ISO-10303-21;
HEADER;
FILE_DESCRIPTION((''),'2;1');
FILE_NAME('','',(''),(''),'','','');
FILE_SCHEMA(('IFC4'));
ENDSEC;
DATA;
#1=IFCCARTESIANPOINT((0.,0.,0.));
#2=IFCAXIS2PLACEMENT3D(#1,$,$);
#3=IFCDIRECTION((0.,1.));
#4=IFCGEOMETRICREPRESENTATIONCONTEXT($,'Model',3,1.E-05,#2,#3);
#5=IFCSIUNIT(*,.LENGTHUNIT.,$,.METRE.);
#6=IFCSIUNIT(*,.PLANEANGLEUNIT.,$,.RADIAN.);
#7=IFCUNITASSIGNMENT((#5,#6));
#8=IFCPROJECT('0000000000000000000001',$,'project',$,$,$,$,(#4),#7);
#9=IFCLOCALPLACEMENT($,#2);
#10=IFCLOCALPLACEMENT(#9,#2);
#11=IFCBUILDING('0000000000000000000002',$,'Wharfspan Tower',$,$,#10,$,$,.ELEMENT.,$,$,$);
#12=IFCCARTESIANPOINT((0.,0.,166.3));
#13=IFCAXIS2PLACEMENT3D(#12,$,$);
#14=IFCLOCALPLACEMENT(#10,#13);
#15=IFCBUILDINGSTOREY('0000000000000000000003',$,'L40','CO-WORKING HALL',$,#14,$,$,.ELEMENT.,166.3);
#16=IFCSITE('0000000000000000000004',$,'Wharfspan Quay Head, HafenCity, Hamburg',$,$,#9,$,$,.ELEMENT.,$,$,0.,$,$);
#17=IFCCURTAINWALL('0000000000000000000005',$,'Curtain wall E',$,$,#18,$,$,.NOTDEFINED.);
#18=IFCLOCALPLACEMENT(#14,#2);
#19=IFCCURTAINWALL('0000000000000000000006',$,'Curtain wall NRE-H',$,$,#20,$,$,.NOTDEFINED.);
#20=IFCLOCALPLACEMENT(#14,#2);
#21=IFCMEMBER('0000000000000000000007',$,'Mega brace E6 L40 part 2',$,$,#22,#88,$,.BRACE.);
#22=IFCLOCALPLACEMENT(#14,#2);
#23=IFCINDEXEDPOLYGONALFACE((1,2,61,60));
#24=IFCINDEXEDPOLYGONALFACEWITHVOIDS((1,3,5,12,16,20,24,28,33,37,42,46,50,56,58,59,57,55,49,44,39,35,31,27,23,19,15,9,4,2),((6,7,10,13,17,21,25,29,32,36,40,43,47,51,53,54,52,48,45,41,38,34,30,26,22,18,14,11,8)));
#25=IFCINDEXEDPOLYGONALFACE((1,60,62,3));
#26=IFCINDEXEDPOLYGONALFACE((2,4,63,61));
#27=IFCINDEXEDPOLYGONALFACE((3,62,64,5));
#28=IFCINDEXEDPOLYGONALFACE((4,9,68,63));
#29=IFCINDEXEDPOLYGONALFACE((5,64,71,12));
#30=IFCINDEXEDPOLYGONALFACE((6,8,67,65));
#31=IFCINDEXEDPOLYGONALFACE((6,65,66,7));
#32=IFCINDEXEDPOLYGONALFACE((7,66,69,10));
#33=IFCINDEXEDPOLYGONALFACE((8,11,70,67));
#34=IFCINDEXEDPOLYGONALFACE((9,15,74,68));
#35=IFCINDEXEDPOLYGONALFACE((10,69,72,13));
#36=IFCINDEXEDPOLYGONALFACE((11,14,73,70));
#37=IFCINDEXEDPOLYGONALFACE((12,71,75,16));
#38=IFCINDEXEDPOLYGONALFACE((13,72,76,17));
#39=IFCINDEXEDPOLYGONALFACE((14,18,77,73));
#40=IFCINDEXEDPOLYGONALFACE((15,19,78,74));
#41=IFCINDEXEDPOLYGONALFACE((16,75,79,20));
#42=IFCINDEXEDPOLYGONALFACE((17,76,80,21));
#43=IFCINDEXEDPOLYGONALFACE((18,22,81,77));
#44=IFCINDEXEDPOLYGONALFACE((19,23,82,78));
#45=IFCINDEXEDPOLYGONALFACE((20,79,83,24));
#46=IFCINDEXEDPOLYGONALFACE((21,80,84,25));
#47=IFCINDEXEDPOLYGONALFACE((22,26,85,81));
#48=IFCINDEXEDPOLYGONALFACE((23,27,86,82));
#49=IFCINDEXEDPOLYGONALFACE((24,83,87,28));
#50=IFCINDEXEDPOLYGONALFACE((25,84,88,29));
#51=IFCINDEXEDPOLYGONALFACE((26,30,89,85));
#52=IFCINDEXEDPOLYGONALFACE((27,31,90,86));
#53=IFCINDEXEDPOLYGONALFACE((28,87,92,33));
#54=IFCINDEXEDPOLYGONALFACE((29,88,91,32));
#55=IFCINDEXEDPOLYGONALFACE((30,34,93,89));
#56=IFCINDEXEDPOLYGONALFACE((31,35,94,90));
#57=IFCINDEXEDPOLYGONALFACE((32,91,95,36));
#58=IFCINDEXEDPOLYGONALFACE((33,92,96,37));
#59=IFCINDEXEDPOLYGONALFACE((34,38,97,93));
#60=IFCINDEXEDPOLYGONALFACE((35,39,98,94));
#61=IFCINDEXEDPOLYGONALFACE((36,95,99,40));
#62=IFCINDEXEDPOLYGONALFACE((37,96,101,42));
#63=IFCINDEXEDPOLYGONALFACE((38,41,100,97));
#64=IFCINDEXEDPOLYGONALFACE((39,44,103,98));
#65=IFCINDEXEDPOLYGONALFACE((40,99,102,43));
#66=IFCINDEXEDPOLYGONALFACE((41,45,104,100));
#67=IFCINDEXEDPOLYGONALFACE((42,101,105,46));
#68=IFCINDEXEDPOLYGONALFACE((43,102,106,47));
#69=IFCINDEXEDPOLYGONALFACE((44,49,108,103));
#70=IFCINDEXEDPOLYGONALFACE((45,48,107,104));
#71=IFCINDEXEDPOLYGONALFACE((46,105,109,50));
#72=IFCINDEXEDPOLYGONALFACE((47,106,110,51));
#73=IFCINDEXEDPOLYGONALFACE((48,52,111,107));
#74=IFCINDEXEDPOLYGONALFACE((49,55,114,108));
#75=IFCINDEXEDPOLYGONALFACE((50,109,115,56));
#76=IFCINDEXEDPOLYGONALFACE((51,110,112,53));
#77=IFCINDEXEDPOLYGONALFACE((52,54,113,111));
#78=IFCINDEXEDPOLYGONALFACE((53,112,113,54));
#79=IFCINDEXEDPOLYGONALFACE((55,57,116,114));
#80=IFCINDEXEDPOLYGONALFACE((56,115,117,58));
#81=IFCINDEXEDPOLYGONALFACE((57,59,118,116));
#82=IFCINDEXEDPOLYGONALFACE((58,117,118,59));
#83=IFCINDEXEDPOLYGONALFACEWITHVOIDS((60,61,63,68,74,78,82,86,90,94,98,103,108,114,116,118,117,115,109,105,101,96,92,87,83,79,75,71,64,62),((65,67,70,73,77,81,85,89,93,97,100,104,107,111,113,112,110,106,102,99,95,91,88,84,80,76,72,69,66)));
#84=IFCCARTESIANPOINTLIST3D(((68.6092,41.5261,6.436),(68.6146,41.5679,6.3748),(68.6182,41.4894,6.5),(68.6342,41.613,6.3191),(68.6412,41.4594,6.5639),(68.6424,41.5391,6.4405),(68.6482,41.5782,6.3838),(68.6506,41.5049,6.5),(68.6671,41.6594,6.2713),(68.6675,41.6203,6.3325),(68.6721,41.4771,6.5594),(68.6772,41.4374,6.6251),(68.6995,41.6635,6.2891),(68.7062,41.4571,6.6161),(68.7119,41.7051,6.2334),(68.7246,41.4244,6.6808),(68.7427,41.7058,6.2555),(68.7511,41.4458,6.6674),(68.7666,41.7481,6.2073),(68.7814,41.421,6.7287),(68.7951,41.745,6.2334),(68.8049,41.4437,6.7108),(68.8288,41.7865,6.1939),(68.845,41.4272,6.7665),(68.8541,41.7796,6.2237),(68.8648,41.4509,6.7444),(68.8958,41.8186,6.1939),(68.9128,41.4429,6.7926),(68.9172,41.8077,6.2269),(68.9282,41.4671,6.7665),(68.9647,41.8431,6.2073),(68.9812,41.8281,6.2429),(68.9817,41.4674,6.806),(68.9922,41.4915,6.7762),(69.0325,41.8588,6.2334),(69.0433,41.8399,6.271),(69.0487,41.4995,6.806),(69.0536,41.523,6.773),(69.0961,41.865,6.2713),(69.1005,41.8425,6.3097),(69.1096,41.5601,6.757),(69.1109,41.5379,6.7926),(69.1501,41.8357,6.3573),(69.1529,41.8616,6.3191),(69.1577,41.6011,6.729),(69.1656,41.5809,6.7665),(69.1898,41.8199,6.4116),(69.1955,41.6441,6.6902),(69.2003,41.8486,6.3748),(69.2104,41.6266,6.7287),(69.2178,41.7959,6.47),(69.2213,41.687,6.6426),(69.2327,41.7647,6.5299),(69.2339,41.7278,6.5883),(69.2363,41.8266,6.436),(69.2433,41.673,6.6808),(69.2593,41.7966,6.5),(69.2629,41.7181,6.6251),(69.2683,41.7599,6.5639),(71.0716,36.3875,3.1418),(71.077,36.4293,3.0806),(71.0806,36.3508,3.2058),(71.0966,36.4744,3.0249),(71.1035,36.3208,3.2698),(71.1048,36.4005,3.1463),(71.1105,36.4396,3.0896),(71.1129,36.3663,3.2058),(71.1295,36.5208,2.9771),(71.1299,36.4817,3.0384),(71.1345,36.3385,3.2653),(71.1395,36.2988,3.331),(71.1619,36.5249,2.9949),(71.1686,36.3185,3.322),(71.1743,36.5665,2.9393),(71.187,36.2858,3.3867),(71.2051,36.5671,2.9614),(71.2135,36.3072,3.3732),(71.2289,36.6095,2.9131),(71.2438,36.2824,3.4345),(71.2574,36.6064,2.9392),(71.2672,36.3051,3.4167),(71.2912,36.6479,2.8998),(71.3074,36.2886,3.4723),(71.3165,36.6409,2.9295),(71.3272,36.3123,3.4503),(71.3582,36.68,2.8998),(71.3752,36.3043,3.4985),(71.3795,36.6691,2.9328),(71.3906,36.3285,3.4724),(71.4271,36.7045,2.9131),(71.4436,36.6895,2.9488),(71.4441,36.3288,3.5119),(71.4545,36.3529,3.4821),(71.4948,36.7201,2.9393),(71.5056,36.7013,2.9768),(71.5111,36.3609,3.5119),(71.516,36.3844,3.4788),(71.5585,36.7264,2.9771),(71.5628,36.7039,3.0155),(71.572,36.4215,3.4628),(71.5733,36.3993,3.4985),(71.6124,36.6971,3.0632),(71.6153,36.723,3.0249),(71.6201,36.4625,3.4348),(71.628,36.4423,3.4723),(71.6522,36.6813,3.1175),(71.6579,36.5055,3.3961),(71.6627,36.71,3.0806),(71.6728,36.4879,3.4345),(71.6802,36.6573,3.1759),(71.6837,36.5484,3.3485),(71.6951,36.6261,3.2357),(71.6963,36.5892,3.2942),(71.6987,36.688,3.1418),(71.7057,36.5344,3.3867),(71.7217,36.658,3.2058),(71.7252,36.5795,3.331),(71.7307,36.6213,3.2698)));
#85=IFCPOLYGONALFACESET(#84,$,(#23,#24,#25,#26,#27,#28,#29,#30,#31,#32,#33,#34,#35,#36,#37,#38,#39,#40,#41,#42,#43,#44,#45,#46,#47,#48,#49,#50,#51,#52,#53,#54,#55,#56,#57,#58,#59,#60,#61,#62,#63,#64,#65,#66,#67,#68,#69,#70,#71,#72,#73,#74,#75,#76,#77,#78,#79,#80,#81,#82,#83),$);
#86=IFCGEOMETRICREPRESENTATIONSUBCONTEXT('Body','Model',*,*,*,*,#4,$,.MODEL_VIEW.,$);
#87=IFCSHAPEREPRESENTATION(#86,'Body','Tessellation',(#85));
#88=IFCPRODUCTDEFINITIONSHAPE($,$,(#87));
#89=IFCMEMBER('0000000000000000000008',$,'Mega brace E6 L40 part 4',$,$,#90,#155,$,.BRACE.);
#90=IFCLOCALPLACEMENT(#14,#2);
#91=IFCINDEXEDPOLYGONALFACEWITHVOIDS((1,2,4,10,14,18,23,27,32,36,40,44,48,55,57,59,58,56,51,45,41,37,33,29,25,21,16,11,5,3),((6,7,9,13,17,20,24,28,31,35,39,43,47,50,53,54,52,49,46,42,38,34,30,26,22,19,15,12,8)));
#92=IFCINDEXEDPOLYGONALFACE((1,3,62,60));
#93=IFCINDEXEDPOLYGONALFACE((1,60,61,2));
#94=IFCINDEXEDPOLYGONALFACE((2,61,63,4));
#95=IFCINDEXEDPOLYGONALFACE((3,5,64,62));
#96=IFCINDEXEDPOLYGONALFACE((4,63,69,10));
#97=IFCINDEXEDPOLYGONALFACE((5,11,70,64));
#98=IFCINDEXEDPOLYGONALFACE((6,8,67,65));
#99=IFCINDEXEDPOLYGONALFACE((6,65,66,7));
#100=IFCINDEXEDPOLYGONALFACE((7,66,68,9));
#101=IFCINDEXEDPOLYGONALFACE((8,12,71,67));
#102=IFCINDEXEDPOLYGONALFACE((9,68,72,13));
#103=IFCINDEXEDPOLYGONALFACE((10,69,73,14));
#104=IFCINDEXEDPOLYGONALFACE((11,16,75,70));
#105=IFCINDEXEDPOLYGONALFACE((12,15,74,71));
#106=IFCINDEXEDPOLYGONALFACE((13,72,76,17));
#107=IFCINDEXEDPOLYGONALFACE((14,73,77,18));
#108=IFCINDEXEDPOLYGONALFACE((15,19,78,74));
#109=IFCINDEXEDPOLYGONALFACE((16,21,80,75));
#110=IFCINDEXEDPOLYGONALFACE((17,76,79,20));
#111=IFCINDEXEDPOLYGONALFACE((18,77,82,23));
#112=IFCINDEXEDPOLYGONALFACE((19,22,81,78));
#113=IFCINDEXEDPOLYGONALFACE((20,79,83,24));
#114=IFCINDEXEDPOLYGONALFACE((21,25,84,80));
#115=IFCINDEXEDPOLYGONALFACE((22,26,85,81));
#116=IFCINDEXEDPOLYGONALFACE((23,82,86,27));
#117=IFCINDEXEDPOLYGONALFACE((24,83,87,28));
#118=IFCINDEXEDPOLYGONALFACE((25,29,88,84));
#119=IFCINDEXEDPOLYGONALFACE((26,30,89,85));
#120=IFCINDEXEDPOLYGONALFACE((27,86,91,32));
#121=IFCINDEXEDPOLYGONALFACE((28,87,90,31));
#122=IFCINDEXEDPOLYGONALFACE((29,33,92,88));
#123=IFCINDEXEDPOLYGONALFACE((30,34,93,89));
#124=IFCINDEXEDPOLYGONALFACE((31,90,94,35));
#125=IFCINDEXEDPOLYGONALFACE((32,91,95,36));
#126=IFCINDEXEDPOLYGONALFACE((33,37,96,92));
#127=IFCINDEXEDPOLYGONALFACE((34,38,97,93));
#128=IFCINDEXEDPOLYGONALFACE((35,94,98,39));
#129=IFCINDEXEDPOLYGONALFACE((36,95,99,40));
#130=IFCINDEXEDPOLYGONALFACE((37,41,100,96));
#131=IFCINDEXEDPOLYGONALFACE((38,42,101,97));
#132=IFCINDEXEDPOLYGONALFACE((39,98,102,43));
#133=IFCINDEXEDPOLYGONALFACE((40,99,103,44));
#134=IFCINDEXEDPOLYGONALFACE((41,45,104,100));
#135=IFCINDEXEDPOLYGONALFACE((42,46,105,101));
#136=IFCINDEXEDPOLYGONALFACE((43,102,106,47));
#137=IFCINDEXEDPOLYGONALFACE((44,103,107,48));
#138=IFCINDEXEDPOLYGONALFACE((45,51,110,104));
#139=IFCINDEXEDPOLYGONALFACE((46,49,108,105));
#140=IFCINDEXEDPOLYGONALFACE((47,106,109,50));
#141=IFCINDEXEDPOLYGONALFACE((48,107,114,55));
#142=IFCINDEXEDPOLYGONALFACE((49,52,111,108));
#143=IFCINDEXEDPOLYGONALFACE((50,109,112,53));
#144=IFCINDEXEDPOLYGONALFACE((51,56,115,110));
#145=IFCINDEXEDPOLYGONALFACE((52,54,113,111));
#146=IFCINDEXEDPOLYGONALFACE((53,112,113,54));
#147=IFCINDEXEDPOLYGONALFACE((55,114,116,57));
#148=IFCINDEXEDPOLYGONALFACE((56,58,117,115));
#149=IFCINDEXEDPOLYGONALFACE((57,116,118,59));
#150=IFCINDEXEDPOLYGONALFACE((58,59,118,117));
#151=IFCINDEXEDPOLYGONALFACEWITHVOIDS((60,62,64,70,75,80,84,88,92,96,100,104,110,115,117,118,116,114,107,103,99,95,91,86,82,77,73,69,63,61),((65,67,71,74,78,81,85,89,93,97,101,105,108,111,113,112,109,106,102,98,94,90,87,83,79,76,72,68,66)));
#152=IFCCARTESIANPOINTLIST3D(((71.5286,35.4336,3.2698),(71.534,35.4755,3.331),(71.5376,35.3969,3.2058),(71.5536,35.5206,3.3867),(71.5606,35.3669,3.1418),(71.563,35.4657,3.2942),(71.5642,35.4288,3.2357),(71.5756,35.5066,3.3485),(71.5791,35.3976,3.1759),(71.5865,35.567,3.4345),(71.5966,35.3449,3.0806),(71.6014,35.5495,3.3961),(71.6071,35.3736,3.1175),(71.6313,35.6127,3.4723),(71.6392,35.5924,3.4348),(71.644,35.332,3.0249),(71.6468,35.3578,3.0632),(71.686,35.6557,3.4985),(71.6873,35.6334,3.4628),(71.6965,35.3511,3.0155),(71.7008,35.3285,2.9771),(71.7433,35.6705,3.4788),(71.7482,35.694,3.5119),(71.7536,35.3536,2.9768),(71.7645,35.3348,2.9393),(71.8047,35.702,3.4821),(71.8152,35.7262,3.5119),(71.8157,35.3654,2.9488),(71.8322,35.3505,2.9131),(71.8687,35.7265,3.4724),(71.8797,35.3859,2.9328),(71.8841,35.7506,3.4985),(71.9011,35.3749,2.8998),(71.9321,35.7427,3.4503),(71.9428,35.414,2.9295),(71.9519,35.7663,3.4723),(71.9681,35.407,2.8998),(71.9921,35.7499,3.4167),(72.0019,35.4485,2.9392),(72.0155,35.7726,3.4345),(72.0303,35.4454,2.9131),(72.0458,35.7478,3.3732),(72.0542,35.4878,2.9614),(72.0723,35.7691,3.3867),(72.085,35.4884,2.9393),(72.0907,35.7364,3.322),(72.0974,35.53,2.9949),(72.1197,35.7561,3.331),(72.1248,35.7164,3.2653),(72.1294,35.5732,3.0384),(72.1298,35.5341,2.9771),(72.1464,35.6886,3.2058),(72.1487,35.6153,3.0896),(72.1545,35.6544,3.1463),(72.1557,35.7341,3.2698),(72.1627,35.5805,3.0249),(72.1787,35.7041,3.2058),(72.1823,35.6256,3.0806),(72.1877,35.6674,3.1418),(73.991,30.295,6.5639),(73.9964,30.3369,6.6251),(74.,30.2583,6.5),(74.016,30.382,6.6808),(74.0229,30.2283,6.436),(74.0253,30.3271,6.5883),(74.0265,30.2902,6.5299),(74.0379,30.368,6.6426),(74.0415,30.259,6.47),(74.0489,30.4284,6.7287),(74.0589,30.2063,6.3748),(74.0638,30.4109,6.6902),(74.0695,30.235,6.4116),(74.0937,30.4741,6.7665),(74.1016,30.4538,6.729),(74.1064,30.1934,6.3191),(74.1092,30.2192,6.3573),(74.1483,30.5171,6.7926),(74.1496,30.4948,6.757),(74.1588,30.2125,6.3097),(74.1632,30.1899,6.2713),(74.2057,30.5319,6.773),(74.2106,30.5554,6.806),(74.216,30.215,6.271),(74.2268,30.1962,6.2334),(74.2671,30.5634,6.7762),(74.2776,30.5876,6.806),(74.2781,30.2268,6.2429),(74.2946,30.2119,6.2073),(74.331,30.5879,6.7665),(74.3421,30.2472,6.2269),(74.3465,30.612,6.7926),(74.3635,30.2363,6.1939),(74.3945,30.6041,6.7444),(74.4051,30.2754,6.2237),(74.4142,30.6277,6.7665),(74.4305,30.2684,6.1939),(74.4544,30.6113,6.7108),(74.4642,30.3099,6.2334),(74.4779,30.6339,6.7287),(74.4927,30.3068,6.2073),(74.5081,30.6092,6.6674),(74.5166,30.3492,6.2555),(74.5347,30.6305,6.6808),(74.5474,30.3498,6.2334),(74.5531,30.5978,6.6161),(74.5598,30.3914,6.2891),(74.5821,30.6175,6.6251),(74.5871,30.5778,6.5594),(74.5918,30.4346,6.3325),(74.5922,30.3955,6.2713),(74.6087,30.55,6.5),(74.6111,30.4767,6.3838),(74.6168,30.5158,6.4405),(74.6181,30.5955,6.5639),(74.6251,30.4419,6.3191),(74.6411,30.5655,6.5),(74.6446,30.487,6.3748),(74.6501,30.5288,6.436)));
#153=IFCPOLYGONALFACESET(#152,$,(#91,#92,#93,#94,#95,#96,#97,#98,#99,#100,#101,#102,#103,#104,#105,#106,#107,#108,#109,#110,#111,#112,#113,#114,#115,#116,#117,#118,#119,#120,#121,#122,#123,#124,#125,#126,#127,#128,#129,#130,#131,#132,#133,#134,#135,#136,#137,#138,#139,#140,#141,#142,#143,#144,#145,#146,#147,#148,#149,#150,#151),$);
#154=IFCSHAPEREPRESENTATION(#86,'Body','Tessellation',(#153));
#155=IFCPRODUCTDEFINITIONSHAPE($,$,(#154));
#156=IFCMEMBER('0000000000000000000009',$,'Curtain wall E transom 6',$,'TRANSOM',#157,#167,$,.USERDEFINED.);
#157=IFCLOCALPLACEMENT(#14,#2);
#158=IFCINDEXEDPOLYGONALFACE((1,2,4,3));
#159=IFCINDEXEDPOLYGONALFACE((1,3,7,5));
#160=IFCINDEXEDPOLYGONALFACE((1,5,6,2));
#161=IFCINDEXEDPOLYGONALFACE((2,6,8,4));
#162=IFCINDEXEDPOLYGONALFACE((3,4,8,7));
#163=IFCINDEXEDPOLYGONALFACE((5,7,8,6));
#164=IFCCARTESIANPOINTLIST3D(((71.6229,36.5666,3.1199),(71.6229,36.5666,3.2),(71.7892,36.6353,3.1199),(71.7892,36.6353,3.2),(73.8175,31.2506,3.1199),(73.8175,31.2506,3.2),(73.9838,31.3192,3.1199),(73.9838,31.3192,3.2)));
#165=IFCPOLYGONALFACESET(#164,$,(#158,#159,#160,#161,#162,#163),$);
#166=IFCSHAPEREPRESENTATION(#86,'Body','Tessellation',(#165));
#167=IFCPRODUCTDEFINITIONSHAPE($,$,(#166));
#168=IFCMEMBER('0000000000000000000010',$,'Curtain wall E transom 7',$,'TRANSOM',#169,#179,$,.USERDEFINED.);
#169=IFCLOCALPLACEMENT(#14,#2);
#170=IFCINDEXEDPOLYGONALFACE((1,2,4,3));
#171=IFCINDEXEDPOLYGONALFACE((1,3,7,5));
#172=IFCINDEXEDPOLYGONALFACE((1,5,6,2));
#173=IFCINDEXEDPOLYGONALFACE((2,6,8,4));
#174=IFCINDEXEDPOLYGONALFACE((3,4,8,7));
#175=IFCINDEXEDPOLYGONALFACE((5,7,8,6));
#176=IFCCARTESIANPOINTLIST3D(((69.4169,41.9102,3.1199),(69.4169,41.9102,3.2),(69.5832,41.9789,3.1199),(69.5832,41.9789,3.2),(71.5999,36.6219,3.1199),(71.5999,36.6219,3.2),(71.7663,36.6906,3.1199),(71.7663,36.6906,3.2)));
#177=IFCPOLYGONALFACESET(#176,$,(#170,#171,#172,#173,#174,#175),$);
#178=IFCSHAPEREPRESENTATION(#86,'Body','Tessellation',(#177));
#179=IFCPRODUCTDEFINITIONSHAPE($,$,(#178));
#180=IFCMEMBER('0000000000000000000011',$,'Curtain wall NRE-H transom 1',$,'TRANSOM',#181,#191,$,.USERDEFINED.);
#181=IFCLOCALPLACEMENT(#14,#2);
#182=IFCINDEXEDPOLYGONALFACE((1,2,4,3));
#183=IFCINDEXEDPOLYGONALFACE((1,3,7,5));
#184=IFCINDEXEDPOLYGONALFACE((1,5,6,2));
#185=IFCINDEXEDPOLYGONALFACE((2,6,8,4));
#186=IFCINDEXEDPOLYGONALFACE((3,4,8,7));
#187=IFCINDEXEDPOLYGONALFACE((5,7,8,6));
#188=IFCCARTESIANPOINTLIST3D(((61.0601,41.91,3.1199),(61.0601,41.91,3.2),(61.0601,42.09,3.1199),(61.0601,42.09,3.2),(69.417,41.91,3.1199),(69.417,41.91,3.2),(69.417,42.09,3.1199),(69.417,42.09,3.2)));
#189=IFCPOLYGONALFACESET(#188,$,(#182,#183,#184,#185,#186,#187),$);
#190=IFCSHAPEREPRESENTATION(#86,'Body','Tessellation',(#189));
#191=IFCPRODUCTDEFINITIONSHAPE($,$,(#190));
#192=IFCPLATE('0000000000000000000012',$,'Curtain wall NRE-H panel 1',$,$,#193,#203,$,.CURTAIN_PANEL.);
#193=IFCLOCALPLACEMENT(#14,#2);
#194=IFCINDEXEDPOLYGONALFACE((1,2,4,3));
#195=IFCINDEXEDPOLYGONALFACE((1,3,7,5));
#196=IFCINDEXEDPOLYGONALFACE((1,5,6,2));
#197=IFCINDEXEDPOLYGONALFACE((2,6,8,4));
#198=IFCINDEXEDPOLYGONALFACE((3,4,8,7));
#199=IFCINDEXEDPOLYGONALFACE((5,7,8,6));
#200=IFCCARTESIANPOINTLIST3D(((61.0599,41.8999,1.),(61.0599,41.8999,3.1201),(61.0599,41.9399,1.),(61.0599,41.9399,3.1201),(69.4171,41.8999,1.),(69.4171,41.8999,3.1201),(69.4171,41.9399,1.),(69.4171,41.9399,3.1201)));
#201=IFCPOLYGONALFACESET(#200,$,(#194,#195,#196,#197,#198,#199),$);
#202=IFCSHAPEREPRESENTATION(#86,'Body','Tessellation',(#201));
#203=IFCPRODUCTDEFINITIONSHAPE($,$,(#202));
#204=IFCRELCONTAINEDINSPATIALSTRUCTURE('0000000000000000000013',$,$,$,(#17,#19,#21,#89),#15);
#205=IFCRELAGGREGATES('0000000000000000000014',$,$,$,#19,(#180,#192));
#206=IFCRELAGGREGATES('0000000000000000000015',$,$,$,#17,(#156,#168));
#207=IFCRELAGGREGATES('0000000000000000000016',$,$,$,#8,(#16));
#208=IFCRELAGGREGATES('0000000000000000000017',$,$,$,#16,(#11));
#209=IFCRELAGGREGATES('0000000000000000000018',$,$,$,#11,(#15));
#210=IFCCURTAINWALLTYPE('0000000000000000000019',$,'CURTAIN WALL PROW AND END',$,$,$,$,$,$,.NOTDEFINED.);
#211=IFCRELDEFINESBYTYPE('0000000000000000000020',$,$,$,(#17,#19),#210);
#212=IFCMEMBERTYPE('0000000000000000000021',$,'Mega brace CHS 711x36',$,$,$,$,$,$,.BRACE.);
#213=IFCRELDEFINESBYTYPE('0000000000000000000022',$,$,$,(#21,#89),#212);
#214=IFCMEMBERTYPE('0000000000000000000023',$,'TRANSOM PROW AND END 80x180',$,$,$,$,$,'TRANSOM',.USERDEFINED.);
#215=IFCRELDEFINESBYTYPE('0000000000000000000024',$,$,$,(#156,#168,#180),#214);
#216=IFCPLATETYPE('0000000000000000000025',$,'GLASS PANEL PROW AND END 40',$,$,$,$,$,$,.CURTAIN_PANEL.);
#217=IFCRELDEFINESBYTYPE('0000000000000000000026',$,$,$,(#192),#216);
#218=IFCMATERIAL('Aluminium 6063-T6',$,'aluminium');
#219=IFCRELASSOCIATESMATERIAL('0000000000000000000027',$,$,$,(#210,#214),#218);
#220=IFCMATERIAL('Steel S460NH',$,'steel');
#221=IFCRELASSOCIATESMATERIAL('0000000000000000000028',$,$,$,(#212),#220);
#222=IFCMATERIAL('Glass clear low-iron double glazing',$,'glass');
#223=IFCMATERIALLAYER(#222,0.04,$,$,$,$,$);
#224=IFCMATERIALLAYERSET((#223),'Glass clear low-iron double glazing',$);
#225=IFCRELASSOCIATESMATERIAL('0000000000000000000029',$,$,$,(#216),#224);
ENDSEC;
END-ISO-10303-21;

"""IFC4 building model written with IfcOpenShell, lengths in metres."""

from ifc_helpers import new_model, si_unit, direction, frame, origin, origin_2d, place, context, subcontext, project, spatial, rectangle, hollow_circle, extrude, material, layer, layer_set, material_profile, profile_set, type_object, element, aggregate, save


model = new_model("IFC4")

# Units and contexts
model_context = context("Model", 3, precision=1e-05, world=origin(), true_north=direction((0.0, 1.0)))
body_context = subcontext(model_context, "Body", "Model", "MODEL_VIEW")
ifc_project = project(units=[si_unit("LENGTHUNIT", "METRE"), si_unit("PLANEANGLEUNIT", "RADIAN")], contexts=[model_context])

# Site, building, storey
site_placement = place(None, origin())
site = spatial("IfcSite", under=ifc_project, at=site_placement, Name="Wharfspan Quay Head, HafenCity, Hamburg", CompositionType="ELEMENT", RefElevation=0.0)
building_placement = place(site_placement, origin())
building = spatial("IfcBuilding", under=site, at=building_placement, Name="Wharfspan Tower", CompositionType="ELEMENT")
storey_placement = place(building_placement, frame((0.0, 0.0, 166.3)))
storey = spatial("IfcBuildingStorey", under=building, at=storey_placement, Name="L40", Description="CO-WORKING HALL", CompositionType="ELEMENT", Elevation=166.3)

# Curtain walls
ifc_material_1 = material(Name="Aluminium 6063-T6", Category="aluminium")
curtain_wall_type = type_object("IfcCurtainWallType", Name="CURTAIN WALL PROW AND END", PredefinedType="NOTDEFINED", material=ifc_material_1)
curtain_wall_1_placement = place(storey_placement, origin())
curtain_wall_1 = element("IfcCurtainWall", 1, at=curtain_wall_1_placement, inside=storey, type_object=curtain_wall_type, Name="Curtain wall E", PredefinedType="NOTDEFINED")
curtain_wall_2_placement = place(storey_placement, origin())
curtain_wall_2 = element("IfcCurtainWall", 2, at=curtain_wall_2_placement, inside=storey, type_object=curtain_wall_type, Name="Curtain wall NRE-H", PredefinedType="NOTDEFINED")

# Members
ifc_material_2 = material(Name="Steel S460NH", Category="steel")
ifc_material_profile_1 = material_profile(ifc_material_2, hollow_circle(Radius=0.3555, WallThickness=0.0359, at=origin_2d()))
ifc_profile_set_1 = profile_set([ifc_material_profile_1], Name="Steel S460NH")
member_type_1 = type_object("IfcMemberType", Name="Mega brace CHS 711x36", PredefinedType="BRACE", material=ifc_profile_set_1)
for number, where, z_axis, x_axis, name in (
    (3, (71.4011, 36.5044, 3.2058), (-0.374119, 0.780731, 0.500494), (-0.90181, -0.432137, -0.000003), "Mega brace E6 L40 part 2"),
    (4, (71.8582, 35.5505, 3.2058), (0.374119, -0.780731, 0.500494), (0.90181, 0.432137, -0.000003), "Mega brace E6 L40 part 4"),
):
    element("IfcMember", number, at=place(storey_placement, frame(where, z_axis=z_axis, x_axis=x_axis)), inside=storey, type_object=member_type_1, Name=name, PredefinedType="BRACE", context=body_context, shape_type="SweptSolid", body=[
        extrude(hollow_circle(Radius=0.3555, WallThickness=0.0359, at=origin_2d()), origin(), (0.0, 0.0, 1.0), 6.5818),
    ])

# Members
ifc_material_profile_2 = material_profile(ifc_material_1, rectangle(XDim=0.1799, YDim=0.0801, at=origin_2d()))
ifc_profile_set_2 = profile_set([ifc_material_profile_2], Name="Aluminium 6063-T6")
member_type_2 = type_object("IfcMemberType", Name="TRANSOM PROW AND END 80x180", ElementType="TRANSOM", PredefinedType="USERDEFINED", material=ifc_profile_set_2)
member_1_placement = place(storey_placement, frame((73.9006, 31.2849, 3.1599), z_axis=(-0.381593, 0.92433, 0.0), x_axis=(-0.92433, -0.381593, 0.0)))
member_1 = element("IfcMember", 5, at=member_1_placement, type_object=member_type_2, Name="Curtain wall E transom 6", ObjectType="TRANSOM", PredefinedType="USERDEFINED", context=body_context, shape_type="SweptSolid", body=[
    extrude(rectangle(XDim=0.1799, YDim=0.0801, at=origin_2d()), origin(), (0.0, 0.0, 1.0), 5.7512),
])
member_2_placement = place(storey_placement, frame((71.6831, 36.6562, 3.1599), z_axis=(-0.38158, 0.924336, 0.0), x_axis=(-0.924336, -0.38158, 0.0)))
member_2 = element("IfcMember", 6, at=member_2_placement, type_object=member_type_2, Name="Curtain wall E transom 7", ObjectType="TRANSOM", PredefinedType="USERDEFINED", context=body_context, shape_type="SweptSolid", body=[
    extrude(rectangle(XDim=0.1799, YDim=0.0801, at=origin_2d()), origin(), (0.0, 0.0, 1.0), 5.7212),
])
member_3_placement = place(storey_placement, frame((69.417, 42.0, 3.1599), z_axis=(-1.0, 0.0, 0.0), x_axis=(0.0, -1.0, 0.0)))
member_3 = element("IfcMember", 7, at=member_3_placement, type_object=member_type_2, Name="Curtain wall NRE-H transom 1", ObjectType="TRANSOM", PredefinedType="USERDEFINED", context=body_context, shape_type="SweptSolid", body=[
    extrude(rectangle(XDim=0.1799, YDim=0.0801, at=origin_2d()), origin(), (0.0, 0.0, 1.0), 8.3569),
])

# Plate
ifc_material_3 = material(Name="Glass clear low-iron double glazing", Category="glass")
ifc_layer_1 = layer(ifc_material_3, 0.04)
ifc_layer_set_1 = layer_set([ifc_layer_1], Name="Glass clear low-iron double glazing")
plate_type_1 = type_object("IfcPlateType", Name="GLASS PANEL PROW AND END 40", PredefinedType="CURTAIN_PANEL", material=ifc_layer_set_1)
plate_1_placement = place(storey_placement, frame((65.2385, 41.9199, 1.0), z_axis=(0.0, 0.0, 1.0), x_axis=(-1.0, 0.0, 0.0)))
plate_1 = element("IfcPlate", 8, at=plate_1_placement, type_object=plate_type_1, Name="Curtain wall NRE-H panel 1", PredefinedType="CURTAIN_PANEL", context=body_context, shape_type="SweptSolid", body=[
    extrude(rectangle(XDim=8.3572, YDim=0.04, at=origin_2d()), origin(), (0.0, 0.0, 1.0), 2.1201),
])
aggregate(curtain_wall_2, [member_3, plate_1])
aggregate(curtain_wall_1, [member_1, member_2])

save(model, "model.ifc")
